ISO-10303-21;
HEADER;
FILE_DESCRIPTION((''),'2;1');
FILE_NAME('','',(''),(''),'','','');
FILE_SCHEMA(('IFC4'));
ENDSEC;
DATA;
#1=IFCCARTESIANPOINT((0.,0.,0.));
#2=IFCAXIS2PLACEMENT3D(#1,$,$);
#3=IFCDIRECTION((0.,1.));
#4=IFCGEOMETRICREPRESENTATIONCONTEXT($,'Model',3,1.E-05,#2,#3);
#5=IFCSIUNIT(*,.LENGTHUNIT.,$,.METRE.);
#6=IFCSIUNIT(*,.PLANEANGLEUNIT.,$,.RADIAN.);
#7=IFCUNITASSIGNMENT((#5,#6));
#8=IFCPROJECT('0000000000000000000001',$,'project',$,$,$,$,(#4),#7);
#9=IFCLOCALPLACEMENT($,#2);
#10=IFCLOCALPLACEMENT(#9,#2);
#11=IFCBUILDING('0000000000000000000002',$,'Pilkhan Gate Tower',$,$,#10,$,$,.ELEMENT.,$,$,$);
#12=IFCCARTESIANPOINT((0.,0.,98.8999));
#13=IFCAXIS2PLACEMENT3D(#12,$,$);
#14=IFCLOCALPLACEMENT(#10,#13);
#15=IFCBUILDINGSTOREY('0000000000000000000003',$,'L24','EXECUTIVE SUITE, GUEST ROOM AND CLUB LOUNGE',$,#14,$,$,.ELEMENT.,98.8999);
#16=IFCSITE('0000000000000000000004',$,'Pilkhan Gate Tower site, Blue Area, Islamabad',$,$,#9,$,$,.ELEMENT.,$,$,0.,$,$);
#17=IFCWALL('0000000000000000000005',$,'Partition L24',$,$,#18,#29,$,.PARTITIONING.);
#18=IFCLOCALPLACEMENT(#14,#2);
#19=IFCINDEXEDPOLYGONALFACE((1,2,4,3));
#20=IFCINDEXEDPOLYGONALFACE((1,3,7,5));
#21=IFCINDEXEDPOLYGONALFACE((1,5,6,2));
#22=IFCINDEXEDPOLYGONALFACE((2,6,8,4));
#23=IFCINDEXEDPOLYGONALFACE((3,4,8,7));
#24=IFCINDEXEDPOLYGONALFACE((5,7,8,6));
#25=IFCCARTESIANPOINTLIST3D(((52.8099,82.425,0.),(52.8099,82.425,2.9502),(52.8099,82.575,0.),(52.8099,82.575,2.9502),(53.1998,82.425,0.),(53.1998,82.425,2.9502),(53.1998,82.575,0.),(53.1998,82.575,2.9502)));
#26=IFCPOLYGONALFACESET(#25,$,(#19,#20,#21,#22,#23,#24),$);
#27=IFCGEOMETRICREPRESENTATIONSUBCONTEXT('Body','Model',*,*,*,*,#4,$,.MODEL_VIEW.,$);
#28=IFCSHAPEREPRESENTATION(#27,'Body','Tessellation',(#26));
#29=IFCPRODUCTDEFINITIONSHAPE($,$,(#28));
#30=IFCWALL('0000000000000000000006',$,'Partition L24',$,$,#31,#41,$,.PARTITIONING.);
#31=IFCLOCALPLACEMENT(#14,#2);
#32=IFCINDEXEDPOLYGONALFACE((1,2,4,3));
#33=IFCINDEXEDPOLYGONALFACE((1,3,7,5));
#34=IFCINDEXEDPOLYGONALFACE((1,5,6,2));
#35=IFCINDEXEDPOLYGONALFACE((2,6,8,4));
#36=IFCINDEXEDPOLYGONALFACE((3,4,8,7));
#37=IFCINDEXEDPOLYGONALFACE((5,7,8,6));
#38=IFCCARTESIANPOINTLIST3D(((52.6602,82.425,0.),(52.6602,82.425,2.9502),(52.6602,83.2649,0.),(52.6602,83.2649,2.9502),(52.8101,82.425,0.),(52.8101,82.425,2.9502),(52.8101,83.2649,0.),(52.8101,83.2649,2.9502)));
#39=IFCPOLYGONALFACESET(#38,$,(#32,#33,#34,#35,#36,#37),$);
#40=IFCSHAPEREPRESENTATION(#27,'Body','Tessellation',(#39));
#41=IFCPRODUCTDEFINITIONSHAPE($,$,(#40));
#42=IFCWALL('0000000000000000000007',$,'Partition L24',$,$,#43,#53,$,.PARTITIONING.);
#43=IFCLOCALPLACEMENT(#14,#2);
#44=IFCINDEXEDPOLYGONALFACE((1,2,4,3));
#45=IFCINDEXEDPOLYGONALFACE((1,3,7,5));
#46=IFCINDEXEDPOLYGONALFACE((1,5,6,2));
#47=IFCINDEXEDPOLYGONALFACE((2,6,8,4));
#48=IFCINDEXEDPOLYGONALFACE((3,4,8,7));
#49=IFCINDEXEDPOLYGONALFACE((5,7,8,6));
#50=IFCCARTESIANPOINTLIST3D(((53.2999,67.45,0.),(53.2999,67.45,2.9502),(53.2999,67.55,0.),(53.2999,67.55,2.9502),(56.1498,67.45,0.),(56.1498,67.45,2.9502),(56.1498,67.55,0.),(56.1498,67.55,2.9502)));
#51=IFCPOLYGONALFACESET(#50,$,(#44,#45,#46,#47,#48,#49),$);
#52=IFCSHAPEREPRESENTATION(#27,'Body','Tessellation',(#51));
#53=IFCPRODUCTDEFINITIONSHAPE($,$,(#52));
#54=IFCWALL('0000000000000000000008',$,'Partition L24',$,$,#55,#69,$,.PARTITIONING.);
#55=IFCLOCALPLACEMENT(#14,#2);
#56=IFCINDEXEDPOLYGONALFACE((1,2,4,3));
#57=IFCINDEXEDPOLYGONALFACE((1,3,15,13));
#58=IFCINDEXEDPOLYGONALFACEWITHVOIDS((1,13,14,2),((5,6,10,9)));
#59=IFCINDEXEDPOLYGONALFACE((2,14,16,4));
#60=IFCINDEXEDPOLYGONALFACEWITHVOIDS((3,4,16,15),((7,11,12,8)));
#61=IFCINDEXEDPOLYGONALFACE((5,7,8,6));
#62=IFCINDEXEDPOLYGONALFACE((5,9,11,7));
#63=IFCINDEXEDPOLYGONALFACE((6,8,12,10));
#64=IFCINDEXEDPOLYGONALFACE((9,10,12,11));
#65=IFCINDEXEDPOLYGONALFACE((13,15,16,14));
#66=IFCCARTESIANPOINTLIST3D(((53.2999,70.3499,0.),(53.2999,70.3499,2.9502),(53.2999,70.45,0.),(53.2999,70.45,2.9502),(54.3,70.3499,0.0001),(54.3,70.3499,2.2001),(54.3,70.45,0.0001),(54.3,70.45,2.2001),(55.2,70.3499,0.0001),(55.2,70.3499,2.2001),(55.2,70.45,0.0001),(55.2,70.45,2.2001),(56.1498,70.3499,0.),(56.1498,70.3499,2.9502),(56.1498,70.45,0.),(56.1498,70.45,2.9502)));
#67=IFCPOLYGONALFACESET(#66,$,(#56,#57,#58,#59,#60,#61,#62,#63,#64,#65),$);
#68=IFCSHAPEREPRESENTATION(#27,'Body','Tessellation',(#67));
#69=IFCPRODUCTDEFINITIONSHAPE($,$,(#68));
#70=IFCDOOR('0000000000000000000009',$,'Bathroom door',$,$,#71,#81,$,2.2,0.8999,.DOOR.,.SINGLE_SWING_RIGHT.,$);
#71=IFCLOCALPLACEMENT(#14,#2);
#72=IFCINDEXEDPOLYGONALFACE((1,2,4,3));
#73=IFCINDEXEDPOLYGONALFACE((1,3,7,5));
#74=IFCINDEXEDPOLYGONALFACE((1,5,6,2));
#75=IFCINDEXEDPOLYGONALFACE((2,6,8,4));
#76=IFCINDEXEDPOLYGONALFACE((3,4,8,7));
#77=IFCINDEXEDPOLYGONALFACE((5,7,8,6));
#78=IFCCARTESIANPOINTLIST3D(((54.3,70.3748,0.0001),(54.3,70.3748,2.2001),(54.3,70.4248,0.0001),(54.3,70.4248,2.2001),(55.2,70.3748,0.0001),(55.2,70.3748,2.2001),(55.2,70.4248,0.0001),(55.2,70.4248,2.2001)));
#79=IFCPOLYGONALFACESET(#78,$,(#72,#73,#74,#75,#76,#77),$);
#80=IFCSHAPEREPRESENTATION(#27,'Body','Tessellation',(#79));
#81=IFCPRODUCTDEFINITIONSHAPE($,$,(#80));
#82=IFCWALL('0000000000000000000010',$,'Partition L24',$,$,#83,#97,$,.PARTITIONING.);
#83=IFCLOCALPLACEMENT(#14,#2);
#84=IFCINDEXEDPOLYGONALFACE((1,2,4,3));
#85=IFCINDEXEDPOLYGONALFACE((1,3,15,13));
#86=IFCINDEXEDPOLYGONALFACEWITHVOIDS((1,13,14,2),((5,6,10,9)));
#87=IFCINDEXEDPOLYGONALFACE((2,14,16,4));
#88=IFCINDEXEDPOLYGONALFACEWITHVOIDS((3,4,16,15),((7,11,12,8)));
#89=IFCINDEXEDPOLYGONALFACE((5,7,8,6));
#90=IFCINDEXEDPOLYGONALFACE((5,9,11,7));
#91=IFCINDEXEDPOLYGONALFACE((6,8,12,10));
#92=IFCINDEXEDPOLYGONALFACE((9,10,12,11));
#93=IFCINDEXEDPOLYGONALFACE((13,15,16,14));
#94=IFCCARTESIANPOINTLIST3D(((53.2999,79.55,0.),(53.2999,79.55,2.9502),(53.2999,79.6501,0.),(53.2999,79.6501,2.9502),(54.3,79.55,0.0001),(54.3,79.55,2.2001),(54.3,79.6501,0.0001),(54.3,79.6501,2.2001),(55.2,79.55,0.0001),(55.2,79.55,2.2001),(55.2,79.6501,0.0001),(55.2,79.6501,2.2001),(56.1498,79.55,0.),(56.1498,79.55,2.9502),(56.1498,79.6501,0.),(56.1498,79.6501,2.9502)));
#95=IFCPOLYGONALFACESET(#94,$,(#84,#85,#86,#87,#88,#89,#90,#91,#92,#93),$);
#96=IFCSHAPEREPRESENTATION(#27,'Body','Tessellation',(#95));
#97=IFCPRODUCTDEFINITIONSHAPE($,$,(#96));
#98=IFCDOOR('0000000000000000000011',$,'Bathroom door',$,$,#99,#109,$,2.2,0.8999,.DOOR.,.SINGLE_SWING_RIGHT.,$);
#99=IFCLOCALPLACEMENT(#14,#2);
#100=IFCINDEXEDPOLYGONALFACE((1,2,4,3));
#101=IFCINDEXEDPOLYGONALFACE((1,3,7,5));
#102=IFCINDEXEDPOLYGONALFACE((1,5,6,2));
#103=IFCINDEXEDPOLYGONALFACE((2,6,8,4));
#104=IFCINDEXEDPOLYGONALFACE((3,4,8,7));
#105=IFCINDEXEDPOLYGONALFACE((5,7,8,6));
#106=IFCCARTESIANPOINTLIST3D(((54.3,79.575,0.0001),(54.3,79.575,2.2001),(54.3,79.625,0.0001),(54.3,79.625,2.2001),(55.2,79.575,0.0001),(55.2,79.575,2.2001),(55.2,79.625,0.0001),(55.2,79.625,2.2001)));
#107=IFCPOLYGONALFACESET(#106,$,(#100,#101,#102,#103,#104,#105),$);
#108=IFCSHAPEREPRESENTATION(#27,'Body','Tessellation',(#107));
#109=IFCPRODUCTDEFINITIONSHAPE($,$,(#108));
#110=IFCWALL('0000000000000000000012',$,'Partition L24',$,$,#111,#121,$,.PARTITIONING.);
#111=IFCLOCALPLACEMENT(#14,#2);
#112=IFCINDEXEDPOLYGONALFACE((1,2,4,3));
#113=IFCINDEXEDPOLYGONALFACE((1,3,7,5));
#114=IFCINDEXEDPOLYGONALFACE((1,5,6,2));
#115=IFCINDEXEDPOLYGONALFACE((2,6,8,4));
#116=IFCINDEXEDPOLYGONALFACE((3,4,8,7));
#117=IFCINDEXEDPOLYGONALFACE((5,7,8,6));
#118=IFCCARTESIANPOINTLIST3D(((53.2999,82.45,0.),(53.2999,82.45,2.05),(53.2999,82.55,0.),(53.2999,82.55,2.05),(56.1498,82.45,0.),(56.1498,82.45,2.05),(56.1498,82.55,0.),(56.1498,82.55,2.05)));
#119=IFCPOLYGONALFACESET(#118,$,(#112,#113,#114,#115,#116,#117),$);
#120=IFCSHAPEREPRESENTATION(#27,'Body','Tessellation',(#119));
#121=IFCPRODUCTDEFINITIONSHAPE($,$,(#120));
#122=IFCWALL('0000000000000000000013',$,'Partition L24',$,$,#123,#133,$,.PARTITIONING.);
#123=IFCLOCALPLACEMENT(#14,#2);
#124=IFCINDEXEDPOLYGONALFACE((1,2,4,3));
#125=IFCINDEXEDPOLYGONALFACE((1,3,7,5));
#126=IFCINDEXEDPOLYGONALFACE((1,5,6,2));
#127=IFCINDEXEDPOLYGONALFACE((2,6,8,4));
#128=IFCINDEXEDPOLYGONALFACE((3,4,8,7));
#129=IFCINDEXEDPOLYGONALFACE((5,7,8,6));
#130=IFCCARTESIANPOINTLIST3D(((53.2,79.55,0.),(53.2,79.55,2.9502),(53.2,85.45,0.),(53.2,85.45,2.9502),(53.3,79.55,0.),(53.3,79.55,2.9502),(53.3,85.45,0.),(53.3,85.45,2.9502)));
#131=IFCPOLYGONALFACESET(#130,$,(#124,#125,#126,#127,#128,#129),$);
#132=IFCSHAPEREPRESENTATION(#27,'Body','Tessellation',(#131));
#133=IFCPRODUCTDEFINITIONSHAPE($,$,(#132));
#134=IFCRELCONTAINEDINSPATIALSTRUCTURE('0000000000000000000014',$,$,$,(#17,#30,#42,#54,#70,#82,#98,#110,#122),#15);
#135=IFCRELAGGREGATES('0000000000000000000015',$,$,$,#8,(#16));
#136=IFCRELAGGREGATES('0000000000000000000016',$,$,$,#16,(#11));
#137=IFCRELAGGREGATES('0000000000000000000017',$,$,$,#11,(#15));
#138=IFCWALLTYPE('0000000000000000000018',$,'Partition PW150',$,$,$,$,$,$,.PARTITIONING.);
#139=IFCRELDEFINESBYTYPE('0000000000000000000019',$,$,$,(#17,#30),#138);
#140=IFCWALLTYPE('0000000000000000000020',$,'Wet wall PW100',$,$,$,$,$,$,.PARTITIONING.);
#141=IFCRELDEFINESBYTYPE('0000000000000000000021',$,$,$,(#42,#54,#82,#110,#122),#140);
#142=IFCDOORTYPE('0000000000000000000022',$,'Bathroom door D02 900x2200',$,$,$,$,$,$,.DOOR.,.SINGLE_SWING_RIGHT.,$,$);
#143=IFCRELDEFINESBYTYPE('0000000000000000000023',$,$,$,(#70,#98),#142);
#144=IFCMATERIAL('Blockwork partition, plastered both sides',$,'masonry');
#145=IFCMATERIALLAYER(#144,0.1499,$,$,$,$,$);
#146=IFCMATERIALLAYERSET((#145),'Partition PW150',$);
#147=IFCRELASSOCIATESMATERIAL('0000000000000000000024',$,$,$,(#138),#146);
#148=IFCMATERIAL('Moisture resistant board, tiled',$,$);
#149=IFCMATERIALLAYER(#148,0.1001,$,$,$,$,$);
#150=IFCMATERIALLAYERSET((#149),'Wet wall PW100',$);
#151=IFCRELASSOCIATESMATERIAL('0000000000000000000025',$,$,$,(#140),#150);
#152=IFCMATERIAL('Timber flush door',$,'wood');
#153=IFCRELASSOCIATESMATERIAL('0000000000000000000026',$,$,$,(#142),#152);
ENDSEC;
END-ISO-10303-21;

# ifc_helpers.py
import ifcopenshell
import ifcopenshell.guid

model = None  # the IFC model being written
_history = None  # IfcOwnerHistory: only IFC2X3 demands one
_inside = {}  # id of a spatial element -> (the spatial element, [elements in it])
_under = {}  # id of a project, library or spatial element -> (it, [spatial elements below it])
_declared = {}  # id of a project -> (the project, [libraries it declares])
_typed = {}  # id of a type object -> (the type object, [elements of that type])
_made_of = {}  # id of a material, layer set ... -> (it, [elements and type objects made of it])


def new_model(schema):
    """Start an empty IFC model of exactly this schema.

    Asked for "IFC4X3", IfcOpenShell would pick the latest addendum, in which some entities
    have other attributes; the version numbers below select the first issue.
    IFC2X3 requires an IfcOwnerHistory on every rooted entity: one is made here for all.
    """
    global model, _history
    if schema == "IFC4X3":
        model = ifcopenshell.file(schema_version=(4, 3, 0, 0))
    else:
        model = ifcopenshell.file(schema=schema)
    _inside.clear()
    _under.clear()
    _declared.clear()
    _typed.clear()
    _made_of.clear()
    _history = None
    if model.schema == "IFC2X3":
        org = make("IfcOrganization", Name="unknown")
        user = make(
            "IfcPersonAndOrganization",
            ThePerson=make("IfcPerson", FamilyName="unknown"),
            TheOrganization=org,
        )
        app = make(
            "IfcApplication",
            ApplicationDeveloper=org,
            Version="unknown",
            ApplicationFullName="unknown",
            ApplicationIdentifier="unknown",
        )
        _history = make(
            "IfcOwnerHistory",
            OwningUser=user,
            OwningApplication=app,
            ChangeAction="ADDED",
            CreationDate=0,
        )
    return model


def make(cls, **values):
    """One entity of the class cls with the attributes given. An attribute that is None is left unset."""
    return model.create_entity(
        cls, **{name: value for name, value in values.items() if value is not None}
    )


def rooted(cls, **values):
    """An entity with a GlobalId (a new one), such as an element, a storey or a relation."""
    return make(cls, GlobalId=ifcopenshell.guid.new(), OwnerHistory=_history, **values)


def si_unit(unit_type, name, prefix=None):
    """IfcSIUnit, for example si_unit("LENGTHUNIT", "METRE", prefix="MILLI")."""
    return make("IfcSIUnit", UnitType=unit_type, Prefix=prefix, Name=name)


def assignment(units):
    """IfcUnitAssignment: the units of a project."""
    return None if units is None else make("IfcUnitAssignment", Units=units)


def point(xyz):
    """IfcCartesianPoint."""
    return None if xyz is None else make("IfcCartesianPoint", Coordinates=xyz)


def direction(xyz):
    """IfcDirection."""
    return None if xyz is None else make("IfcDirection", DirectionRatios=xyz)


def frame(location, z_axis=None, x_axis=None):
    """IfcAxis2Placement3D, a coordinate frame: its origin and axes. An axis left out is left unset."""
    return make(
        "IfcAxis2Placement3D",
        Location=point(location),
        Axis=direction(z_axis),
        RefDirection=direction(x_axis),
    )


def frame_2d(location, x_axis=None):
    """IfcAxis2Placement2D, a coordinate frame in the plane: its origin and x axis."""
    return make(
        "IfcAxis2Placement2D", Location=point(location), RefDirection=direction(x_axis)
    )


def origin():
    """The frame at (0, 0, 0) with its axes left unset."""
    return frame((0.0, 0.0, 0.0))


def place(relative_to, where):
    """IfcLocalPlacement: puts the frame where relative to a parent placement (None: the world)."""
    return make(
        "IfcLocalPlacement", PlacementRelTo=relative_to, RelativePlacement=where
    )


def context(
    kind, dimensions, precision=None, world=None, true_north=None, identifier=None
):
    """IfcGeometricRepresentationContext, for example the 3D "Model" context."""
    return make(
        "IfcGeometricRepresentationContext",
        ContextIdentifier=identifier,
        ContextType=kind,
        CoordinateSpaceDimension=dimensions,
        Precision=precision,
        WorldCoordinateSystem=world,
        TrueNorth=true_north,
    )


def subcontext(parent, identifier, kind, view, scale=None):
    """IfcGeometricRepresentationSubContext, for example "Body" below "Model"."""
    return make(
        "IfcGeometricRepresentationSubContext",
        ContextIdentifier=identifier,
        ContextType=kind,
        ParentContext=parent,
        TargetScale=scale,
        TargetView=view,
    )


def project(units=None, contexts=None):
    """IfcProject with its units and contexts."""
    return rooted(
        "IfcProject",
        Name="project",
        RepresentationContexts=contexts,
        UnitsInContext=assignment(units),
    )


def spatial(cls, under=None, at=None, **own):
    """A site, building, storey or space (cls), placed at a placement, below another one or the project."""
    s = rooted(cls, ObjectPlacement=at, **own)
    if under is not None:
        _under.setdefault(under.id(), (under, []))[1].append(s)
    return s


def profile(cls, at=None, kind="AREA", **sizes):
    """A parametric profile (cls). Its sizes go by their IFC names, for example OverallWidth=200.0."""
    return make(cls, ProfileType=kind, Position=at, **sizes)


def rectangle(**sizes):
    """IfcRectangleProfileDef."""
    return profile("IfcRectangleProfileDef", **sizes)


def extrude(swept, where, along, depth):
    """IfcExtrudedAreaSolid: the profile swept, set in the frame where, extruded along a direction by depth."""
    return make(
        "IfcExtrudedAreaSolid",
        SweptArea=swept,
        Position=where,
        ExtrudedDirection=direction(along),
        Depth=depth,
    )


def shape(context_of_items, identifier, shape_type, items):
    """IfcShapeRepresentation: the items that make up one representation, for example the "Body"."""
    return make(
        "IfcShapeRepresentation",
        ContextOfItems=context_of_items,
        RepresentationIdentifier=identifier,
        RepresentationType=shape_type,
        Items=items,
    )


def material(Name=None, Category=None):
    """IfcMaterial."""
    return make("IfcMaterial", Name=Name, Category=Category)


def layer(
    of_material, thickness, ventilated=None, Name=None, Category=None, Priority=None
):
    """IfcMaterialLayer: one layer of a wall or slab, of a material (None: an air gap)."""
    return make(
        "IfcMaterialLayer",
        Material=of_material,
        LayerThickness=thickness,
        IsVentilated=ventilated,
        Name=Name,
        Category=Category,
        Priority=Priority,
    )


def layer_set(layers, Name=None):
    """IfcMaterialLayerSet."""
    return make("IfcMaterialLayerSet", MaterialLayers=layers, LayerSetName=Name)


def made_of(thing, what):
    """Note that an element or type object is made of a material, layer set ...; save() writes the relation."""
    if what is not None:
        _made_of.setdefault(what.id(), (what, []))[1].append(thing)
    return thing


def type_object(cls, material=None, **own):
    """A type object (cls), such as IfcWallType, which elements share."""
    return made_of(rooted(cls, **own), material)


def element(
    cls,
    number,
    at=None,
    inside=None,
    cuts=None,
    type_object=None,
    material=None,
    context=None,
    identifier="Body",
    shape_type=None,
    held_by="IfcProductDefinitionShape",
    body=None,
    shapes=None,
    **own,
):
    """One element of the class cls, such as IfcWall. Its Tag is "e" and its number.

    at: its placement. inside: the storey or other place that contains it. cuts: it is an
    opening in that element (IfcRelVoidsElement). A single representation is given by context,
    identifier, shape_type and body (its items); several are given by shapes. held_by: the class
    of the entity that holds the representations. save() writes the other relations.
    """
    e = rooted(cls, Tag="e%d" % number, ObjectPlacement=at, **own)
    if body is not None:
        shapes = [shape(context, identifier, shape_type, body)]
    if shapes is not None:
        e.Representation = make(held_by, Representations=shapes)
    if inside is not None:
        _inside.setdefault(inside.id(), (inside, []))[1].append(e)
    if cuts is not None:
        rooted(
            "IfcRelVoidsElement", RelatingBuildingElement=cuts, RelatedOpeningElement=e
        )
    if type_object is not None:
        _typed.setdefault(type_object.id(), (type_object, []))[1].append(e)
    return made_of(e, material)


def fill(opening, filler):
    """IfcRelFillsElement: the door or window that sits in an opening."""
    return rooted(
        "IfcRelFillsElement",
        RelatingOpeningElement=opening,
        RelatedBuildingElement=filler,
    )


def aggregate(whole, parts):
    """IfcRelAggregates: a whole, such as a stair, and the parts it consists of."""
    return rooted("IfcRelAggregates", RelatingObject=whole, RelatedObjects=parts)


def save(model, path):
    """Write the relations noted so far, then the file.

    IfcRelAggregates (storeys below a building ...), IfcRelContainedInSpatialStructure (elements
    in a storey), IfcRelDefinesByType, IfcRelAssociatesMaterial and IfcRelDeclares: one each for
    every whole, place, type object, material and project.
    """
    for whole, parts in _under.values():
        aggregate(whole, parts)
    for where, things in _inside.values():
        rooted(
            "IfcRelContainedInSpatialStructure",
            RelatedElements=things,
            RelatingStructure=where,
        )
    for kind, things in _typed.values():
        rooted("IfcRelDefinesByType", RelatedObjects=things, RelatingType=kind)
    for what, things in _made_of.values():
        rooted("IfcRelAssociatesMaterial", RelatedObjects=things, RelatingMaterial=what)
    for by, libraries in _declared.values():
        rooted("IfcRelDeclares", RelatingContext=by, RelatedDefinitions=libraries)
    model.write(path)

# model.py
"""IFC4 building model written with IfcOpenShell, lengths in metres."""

from ifc_helpers import new_model, si_unit, direction, frame, frame_2d, origin, place, context, subcontext, project, spatial, rectangle, extrude, material, layer, layer_set, type_object, element, fill, save


model = new_model("IFC4")

# Units and contexts
model_context = context("Model", 3, precision=1e-05, world=origin(), true_north=direction((0.0, 1.0)))
body_context = subcontext(model_context, "Body", "Model", "MODEL_VIEW")
ifc_project = project(units=[si_unit("LENGTHUNIT", "METRE"), si_unit("PLANEANGLEUNIT", "RADIAN")], contexts=[model_context])

# Site, building, storey
site_placement = place(None, origin())
site = spatial("IfcSite", under=ifc_project, at=site_placement, Name="Pilkhan Gate Tower site, Blue Area, Islamabad", CompositionType="ELEMENT", RefElevation=0.0)
building_placement = place(site_placement, origin())
building = spatial("IfcBuilding", under=site, at=building_placement, Name="Pilkhan Gate Tower", CompositionType="ELEMENT")
storey_placement = place(building_placement, frame((0.0, 0.0, 98.8999)))
storey = spatial("IfcBuildingStorey", under=building, at=storey_placement, Name="L24", Description="EXECUTIVE SUITE, GUEST ROOM AND CLUB LOUNGE", CompositionType="ELEMENT", Elevation=98.8999)

# Walls
ifc_material_1 = material(Name="Blockwork partition, plastered both sides", Category="masonry")
ifc_layer_1 = layer(ifc_material_1, 0.1499)
ifc_layer_set_1 = layer_set([ifc_layer_1], Name="Partition PW150")
wall_type_1 = type_object("IfcWallType", Name="Partition PW150", PredefinedType="PARTITIONING", material=ifc_layer_set_1)
wall_1_placement = place(storey_placement, frame((52.8101, 82.5, 0.0), z_axis=(0.0, 0.0, 1.0), x_axis=(1.0, 0.0, 0.0)))
element("IfcWall", 1, at=wall_1_placement, inside=storey, type_object=wall_type_1, Name="Partition L24", PredefinedType="PARTITIONING", context=body_context, shape_type="SweptSolid", body=[
    extrude(rectangle(XDim=0.3899, YDim=0.1499, at=frame_2d((0.1948, 0.0))), origin(), (0.0, 0.0, 1.0), 2.9502),
])
wall_2_placement = place(storey_placement, frame((52.7351, 82.425, 0.0), z_axis=(0.0, 0.0, 1.0), x_axis=(0.0, 1.0, 0.0)))
element("IfcWall", 2, at=wall_2_placement, inside=storey, type_object=wall_type_1, Name="Partition L24", PredefinedType="PARTITIONING", context=body_context, shape_type="SweptSolid", body=[
    extrude(rectangle(XDim=0.8398, YDim=0.1499, at=frame_2d((0.4199, 0.0))), origin(), (0.0, 0.0, 1.0), 2.9502),
])
ifc_material_2 = material(Name="Moisture resistant board, tiled")
ifc_layer_2 = layer(ifc_material_2, 0.1001)
ifc_layer_set_2 = layer_set([ifc_layer_2], Name="Wet wall PW100")
wall_type_2 = type_object("IfcWallType", Name="Wet wall PW100", PredefinedType="PARTITIONING", material=ifc_layer_set_2)
wall_3_placement = place(storey_placement, frame((53.3, 67.5, 0.0), z_axis=(0.0, 0.0, 1.0), x_axis=(1.0, 0.0, 0.0)))
element("IfcWall", 3, at=wall_3_placement, inside=storey, type_object=wall_type_2, Name="Partition L24", PredefinedType="PARTITIONING", context=body_context, shape_type="SweptSolid", body=[
    extrude(rectangle(XDim=2.8499, YDim=0.1001, at=frame_2d((1.4248, 0.0))), origin(), (0.0, 0.0, 1.0), 2.9502),
])

# Walls, openings, doors
wall_4_placement = place(storey_placement, frame((53.3, 70.3999, 0.0), z_axis=(0.0, 0.0, 1.0), x_axis=(1.0, 0.0, 0.0)))
wall_4 = element("IfcWall", 4, at=wall_4_placement, inside=storey, type_object=wall_type_2, Name="Partition L24", PredefinedType="PARTITIONING", context=body_context, shape_type="SweptSolid", body=[
    extrude(rectangle(XDim=2.8499, YDim=0.1001, at=frame_2d((1.4248, 0.0))), origin(), (0.0, 0.0, 1.0), 2.9502),
])
opening_1_placement = place(wall_4_placement, frame((1.0, 0.0, 0.0)))
opening_1 = element("IfcOpeningElement", 5, at=opening_1_placement, cuts=wall_4, PredefinedType="OPENING", context=body_context, shape_type="SweptSolid", body=[
    extrude(rectangle(XDim=0.8999, YDim=2.2, at=frame_2d((0.45, 1.1001))), frame((0.0, 0.0601, 0.0), z_axis=(0.0, -1.0, 0.0), x_axis=(1.0, 0.0, 0.0)), (0.0, 0.0, 1.0), 0.1201),
])
ifc_material_3 = material(Name="Timber flush door", Category="wood")
door_type = type_object("IfcDoorType", Name="Bathroom door D02 900x2200", OperationType="SINGLE_SWING_RIGHT", PredefinedType="DOOR", material=ifc_material_3)
door_1_placement = place(opening_1_placement, origin())
door_1 = element("IfcDoor", 6, at=door_1_placement, inside=storey, type_object=door_type, Name="Bathroom door", OperationType="SINGLE_SWING_RIGHT", OverallHeight=2.2, OverallWidth=0.8999, PredefinedType="DOOR", context=body_context, shape_type="SweptSolid", body=[
    extrude(rectangle(XDim=0.8999, YDim=2.2, at=frame_2d((0.45, 1.1001))), frame((0.0, 0.0249, 0.0), z_axis=(0.0, -1.0, 0.0), x_axis=(1.0, 0.0, 0.0)), (0.0, 0.0, 1.0), 0.05),
])
fill(opening_1, door_1)
wall_5_placement = place(storey_placement, frame((53.3, 79.6001, 0.0), z_axis=(0.0, 0.0, 1.0), x_axis=(1.0, 0.0, 0.0)))
wall_5 = element("IfcWall", 7, at=wall_5_placement, inside=storey, type_object=wall_type_2, Name="Partition L24", PredefinedType="PARTITIONING", context=body_context, shape_type="SweptSolid", body=[
    extrude(rectangle(XDim=2.8499, YDim=0.1001, at=frame_2d((1.4248, 0.0))), origin(), (0.0, 0.0, 1.0), 2.9502),
])
opening_2_placement = place(wall_5_placement, frame((1.0, 0.0, 0.0)))
opening_2 = element("IfcOpeningElement", 8, at=opening_2_placement, cuts=wall_5, PredefinedType="OPENING", context=body_context, shape_type="SweptSolid", body=[
    extrude(rectangle(XDim=0.8999, YDim=2.2, at=frame_2d((0.45, 1.1001))), frame((0.0, 0.0601, 0.0), z_axis=(0.0, -1.0, 0.0), x_axis=(1.0, 0.0, 0.0)), (0.0, 0.0, 1.0), 0.1201),
])
door_2_placement = place(opening_2_placement, origin())
door_2 = element("IfcDoor", 9, at=door_2_placement, inside=storey, type_object=door_type, Name="Bathroom door", OperationType="SINGLE_SWING_RIGHT", OverallHeight=2.2, OverallWidth=0.8999, PredefinedType="DOOR", context=body_context, shape_type="SweptSolid", body=[
    extrude(rectangle(XDim=0.8999, YDim=2.2, at=frame_2d((0.45, 1.1001))), frame((0.0, 0.0249, 0.0), z_axis=(0.0, -1.0, 0.0), x_axis=(1.0, 0.0, 0.0)), (0.0, 0.0, 1.0), 0.05),
])
fill(opening_2, door_2)

# Walls
wall_6_placement = place(storey_placement, frame((53.3, 82.5, 0.0), z_axis=(0.0, 0.0, 1.0), x_axis=(1.0, 0.0, 0.0)))
element("IfcWall", 10, at=wall_6_placement, inside=storey, type_object=wall_type_2, Name="Partition L24", PredefinedType="PARTITIONING", context=body_context, shape_type="SweptSolid", body=[
    extrude(rectangle(XDim=2.8499, YDim=0.1001, at=frame_2d((1.4248, 0.0))), origin(), (0.0, 0.0, 1.0), 2.05),
])
wall_7_placement = place(storey_placement, frame((53.25, 79.55, 0.0), z_axis=(0.0, 0.0, 1.0), x_axis=(0.0, 1.0, 0.0)))
element("IfcWall", 11, at=wall_7_placement, inside=storey, type_object=wall_type_2, Name="Partition L24", PredefinedType="PARTITIONING", context=body_context, shape_type="SweptSolid", body=[
    extrude(rectangle(XDim=5.8999, YDim=0.1001, at=frame_2d((2.95, 0.0))), origin(), (0.0, 0.0, 1.0), 2.9502),
])

save(model, "model.ifc")
